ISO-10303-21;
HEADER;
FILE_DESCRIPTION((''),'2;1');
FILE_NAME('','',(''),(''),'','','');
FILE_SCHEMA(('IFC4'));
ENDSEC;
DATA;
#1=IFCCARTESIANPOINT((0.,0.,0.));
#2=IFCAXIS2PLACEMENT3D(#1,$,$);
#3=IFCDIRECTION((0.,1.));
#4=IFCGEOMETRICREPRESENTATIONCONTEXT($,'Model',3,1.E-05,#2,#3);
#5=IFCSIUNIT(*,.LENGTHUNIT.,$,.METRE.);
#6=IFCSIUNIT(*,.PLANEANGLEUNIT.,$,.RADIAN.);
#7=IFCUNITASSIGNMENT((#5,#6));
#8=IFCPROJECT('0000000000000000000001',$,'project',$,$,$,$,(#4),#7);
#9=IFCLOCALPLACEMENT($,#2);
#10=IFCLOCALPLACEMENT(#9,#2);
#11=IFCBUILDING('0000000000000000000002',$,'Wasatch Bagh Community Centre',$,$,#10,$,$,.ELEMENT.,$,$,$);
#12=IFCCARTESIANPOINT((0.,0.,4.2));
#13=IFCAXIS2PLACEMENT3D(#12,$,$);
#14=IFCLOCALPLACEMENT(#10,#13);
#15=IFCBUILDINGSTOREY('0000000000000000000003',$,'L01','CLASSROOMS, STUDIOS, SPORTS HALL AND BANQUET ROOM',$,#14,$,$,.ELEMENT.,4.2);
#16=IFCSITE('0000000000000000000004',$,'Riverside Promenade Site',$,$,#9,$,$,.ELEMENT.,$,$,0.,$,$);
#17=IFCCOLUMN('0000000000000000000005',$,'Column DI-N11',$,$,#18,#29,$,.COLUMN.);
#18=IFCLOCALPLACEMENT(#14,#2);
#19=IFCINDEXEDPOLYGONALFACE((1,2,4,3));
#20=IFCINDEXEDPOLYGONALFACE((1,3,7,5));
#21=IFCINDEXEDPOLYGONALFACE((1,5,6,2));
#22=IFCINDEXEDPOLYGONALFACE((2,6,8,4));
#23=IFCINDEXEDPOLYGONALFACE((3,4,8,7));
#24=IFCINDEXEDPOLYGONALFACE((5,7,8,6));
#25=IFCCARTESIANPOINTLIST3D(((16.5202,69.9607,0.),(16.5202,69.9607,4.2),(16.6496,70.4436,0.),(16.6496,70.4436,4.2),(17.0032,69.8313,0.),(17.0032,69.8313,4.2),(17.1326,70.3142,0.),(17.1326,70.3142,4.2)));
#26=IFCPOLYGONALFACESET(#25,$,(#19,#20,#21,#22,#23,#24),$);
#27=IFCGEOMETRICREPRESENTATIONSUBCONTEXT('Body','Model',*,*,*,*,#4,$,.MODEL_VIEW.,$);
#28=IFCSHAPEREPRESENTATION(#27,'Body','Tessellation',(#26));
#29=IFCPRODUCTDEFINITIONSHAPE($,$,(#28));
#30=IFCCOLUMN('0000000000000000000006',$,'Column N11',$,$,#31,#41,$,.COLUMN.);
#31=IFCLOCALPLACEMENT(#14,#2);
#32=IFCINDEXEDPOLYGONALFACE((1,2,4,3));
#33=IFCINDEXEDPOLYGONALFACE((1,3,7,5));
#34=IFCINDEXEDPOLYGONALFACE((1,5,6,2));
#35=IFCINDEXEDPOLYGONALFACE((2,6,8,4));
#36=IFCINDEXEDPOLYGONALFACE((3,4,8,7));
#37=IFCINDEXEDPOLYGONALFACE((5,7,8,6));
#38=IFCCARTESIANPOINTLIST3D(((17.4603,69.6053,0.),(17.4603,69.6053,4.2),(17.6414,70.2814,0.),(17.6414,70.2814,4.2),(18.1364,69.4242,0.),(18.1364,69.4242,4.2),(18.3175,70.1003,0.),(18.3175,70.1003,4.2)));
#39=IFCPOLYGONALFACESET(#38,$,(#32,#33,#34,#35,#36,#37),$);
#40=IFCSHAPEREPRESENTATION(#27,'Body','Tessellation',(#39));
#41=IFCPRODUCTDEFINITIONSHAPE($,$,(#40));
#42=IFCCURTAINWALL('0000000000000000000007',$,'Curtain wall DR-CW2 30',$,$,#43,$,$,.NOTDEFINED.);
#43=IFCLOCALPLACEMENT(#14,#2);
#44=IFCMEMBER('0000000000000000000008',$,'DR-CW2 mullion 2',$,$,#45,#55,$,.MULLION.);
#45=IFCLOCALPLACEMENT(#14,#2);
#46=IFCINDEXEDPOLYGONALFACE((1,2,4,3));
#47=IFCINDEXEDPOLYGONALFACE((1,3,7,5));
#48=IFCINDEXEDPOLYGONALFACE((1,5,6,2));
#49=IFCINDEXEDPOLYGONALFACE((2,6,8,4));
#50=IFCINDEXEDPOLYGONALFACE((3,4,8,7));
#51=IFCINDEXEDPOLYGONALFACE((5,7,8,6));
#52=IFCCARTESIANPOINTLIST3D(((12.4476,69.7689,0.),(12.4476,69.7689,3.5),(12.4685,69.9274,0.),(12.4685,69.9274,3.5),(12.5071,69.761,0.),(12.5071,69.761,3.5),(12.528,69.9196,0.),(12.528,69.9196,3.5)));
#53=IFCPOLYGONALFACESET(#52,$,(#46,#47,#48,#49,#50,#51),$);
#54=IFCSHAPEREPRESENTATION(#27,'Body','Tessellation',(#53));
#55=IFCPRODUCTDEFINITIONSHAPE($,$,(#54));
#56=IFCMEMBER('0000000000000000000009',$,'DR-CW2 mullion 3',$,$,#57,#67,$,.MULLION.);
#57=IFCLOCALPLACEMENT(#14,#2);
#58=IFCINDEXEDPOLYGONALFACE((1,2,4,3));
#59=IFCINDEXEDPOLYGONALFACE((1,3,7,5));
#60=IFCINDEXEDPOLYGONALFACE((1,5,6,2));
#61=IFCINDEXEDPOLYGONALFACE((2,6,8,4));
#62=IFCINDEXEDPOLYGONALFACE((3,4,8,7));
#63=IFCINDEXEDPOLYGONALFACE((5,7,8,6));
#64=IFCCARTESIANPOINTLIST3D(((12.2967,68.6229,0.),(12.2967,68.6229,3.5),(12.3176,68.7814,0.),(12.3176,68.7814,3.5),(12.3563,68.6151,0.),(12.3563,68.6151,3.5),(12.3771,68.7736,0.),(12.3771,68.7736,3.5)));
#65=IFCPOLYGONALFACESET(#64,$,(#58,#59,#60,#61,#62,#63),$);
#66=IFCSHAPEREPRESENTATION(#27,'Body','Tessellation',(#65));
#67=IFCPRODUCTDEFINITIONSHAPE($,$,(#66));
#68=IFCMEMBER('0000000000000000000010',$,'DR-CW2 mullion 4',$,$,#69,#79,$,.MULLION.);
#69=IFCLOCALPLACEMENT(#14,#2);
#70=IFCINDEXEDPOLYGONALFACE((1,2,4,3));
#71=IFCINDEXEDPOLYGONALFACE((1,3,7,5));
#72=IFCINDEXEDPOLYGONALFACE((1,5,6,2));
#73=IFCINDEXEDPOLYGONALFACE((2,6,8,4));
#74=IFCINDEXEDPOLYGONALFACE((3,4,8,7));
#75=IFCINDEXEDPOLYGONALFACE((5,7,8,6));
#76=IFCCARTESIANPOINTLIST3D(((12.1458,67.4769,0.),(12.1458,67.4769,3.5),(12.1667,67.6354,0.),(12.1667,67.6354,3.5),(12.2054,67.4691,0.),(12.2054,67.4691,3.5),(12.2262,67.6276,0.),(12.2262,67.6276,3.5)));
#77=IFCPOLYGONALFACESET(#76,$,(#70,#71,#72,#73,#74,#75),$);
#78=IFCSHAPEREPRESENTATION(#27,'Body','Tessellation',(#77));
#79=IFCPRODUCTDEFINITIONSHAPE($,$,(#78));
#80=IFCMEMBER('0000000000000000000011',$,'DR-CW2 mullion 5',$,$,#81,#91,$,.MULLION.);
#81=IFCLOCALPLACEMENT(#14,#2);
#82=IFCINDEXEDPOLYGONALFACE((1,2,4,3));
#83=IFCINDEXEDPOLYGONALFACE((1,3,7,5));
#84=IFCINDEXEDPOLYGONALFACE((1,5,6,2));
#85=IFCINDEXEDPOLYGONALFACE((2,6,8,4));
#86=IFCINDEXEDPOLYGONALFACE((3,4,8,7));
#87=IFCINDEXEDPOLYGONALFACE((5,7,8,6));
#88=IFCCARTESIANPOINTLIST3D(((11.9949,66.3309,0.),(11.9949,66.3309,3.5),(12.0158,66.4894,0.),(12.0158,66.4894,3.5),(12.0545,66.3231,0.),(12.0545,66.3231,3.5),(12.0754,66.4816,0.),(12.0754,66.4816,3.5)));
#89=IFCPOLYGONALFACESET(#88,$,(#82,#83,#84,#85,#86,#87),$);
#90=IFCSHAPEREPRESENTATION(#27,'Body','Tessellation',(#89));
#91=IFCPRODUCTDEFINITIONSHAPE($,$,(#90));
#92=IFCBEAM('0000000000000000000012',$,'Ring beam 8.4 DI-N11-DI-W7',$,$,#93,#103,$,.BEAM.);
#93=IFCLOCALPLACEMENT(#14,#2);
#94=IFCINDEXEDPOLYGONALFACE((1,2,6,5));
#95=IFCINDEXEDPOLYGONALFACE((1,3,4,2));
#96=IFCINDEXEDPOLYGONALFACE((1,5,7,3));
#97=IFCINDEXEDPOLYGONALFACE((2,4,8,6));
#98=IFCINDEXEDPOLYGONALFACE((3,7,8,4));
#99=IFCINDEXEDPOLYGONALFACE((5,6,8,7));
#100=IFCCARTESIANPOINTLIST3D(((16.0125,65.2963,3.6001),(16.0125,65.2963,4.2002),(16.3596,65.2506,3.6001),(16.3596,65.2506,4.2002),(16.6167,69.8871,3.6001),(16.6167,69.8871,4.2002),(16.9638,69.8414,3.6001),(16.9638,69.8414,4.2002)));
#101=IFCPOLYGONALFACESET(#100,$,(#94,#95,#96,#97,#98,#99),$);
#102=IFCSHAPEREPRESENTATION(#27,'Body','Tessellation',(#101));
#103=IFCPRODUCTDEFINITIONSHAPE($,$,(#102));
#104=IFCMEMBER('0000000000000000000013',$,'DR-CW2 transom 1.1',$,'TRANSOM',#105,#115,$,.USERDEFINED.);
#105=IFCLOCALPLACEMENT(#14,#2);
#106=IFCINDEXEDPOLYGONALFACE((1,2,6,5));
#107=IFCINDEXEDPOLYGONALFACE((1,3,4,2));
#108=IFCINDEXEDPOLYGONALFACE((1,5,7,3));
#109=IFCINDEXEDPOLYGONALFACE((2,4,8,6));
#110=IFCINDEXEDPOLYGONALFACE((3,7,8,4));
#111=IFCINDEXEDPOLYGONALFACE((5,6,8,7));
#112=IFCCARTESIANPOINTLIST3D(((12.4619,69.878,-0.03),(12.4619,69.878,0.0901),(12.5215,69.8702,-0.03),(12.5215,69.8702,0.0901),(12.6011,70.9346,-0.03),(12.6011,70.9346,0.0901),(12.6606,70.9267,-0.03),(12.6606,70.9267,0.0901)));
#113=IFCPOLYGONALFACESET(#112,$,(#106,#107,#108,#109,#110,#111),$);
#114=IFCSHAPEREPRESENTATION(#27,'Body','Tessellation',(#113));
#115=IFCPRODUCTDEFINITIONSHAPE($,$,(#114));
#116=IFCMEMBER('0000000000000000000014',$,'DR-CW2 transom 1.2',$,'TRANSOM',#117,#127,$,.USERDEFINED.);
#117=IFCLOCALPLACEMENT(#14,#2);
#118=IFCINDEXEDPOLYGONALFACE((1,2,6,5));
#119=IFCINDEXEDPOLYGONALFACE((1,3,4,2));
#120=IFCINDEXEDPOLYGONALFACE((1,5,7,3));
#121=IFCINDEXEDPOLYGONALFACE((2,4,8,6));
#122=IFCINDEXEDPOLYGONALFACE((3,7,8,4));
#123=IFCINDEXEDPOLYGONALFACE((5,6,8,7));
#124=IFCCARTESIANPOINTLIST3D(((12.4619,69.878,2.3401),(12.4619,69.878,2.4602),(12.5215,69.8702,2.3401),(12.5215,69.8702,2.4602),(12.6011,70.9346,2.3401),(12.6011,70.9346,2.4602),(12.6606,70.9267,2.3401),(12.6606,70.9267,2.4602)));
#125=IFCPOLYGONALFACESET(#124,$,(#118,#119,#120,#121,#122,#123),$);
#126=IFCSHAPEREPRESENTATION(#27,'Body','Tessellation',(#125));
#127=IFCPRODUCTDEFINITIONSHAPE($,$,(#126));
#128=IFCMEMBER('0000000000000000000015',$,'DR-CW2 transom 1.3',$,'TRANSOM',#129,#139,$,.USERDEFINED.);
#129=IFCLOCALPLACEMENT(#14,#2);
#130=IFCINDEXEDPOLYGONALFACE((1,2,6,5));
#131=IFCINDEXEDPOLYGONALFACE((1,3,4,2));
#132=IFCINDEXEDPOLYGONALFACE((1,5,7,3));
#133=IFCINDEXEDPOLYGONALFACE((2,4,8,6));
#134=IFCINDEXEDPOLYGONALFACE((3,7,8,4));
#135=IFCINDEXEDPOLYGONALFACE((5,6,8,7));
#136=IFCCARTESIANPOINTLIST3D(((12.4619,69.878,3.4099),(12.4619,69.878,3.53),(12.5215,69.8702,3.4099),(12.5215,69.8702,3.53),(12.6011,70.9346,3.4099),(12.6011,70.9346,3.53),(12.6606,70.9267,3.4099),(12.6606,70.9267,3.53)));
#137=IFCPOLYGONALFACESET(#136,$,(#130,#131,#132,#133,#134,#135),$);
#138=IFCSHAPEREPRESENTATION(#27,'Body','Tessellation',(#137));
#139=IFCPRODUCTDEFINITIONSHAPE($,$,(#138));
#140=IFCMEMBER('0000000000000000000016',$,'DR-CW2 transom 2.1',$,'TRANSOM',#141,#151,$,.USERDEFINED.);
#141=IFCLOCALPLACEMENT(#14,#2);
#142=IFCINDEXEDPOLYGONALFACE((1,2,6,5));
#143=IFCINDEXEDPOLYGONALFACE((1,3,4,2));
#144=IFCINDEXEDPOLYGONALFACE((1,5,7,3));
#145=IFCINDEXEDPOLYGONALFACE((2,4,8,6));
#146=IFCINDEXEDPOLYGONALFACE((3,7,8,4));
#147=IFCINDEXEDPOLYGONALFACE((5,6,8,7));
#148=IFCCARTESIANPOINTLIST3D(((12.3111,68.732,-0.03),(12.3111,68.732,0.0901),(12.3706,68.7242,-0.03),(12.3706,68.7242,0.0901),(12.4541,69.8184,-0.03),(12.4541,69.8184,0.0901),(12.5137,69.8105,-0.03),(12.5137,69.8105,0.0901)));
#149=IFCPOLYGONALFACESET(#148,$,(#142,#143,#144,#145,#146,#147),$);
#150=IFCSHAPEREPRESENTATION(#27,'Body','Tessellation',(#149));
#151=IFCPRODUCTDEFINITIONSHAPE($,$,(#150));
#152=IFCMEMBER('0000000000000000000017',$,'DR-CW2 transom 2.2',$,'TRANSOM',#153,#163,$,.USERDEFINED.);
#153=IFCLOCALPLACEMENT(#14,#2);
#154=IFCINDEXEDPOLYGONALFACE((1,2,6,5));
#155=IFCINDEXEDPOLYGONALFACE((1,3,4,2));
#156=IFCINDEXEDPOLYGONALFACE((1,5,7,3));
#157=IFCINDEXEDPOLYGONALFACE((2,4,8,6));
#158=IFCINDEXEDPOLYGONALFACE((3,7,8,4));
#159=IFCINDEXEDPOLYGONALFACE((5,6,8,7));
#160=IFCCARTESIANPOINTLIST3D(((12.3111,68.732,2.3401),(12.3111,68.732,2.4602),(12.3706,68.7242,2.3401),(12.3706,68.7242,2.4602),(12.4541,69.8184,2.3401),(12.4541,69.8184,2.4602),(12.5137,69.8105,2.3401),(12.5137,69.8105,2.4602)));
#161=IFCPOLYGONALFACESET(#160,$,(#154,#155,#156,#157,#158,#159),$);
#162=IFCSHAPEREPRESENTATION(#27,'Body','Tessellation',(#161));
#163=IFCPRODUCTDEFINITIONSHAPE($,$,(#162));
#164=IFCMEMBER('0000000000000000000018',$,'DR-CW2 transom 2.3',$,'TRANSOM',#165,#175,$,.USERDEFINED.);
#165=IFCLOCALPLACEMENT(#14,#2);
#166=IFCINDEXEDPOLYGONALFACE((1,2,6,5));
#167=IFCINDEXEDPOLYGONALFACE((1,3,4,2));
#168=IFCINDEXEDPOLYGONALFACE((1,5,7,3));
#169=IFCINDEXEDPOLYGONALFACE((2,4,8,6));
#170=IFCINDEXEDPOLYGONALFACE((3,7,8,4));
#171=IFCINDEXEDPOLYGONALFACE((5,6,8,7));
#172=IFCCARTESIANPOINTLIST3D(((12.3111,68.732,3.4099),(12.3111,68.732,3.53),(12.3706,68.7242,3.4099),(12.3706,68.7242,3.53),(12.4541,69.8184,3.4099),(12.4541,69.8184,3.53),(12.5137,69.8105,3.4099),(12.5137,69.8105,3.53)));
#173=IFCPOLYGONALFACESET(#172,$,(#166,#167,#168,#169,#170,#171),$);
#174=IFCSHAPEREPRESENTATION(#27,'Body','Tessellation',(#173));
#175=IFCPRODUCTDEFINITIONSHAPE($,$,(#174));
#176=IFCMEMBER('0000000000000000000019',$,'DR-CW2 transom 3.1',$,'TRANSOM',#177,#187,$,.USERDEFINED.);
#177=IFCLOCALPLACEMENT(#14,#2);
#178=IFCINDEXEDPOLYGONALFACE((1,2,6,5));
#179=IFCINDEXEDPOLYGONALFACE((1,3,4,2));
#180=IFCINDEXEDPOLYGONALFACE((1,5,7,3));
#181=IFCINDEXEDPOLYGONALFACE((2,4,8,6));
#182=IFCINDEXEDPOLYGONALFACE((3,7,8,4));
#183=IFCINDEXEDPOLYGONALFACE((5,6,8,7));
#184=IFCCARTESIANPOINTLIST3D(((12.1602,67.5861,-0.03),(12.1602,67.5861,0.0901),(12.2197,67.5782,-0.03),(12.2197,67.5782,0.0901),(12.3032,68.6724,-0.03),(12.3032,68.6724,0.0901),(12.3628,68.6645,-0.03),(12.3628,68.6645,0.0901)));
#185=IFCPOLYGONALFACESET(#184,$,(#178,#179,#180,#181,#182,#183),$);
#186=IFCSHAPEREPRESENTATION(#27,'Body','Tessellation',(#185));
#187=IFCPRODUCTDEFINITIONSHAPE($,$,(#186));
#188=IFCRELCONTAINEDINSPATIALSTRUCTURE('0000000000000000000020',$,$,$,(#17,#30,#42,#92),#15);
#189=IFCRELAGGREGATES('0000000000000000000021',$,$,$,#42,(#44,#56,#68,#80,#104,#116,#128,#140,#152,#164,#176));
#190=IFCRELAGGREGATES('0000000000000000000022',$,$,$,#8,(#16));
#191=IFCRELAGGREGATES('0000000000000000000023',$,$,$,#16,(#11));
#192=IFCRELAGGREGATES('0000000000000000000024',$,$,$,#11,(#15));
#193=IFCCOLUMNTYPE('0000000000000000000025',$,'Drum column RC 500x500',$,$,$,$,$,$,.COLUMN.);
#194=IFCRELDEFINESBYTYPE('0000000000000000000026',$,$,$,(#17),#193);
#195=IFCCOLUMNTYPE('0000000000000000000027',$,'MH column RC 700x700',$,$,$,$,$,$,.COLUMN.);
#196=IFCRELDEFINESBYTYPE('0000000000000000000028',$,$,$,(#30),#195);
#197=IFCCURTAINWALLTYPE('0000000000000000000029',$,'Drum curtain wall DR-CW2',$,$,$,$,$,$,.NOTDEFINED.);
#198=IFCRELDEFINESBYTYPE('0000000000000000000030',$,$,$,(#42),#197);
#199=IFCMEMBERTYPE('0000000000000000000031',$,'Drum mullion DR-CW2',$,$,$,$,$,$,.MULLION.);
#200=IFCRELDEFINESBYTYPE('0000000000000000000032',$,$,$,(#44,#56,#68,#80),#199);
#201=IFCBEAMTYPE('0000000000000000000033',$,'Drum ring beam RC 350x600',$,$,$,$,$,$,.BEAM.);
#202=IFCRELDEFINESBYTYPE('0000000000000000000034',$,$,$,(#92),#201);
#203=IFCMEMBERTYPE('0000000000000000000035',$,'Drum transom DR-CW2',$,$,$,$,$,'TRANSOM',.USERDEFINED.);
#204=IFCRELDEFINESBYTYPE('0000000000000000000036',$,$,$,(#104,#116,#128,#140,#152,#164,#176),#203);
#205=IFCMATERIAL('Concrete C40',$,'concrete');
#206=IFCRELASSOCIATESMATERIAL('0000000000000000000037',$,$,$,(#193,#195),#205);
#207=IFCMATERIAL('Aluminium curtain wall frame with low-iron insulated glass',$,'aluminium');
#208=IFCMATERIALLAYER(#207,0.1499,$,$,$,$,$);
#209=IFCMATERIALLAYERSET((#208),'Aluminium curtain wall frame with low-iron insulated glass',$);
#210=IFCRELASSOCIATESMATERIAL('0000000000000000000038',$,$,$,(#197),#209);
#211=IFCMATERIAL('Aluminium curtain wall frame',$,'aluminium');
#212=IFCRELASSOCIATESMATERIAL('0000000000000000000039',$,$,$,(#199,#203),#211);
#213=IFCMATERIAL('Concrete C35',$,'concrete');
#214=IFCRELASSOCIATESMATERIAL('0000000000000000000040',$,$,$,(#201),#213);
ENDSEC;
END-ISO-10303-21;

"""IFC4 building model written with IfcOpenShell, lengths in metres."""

from ifc_helpers import new_model, si_unit, direction, frame, origin, origin_2d, place, context, subcontext, project, spatial, rectangle, extrude, material, layer, layer_set, material_profile, profile_set, type_object, element, aggregate, save


model = new_model("IFC4")

# Units and contexts
model_context = context("Model", 3, precision=1e-05, world=origin(), true_north=direction((0.0, 1.0)))
body_context = subcontext(model_context, "Body", "Model", "MODEL_VIEW")
ifc_project = project(units=[si_unit("LENGTHUNIT", "METRE"), si_unit("PLANEANGLEUNIT", "RADIAN")], contexts=[model_context])

# Site, building, storey
site_placement = place(None, origin())
site = spatial("IfcSite", under=ifc_project, at=site_placement, Name="Riverside Promenade Site", CompositionType="ELEMENT", RefElevation=0.0)
building_placement = place(site_placement, origin())
building = spatial("IfcBuilding", under=site, at=building_placement, Name="Wasatch Bagh Community Centre", CompositionType="ELEMENT")
storey_placement = place(building_placement, frame((0.0, 0.0, 4.2)))
storey = spatial("IfcBuildingStorey", under=building, at=storey_placement, Name="L01", Description="CLASSROOMS, STUDIOS, SPORTS HALL AND BANQUET ROOM", CompositionType="ELEMENT", Elevation=4.2)

# Columns
ifc_material_1 = material(Name="Concrete C40", Category="concrete")
ifc_material_profile_1 = material_profile(ifc_material_1, rectangle(XDim=0.5, YDim=0.5, at=origin_2d()), Name="RC 500x500")
ifc_profile_set_1 = profile_set([ifc_material_profile_1], Name="Concrete C40")
column_type_1 = type_object("IfcColumnType", Name="Drum column RC 500x500", PredefinedType="COLUMN", material=ifc_profile_set_1)
column_1_placement = place(storey_placement, frame((16.8264, 70.1375, 0.0), z_axis=(0.0, 0.0, 1.0), x_axis=(0.258819, 0.965926, 0.0)))
element("IfcColumn", 1, at=column_1_placement, inside=storey, type_object=column_type_1, Name="Column DI-N11", PredefinedType="COLUMN", context=body_context, shape_type="SweptSolid", body=[
    extrude(rectangle(XDim=0.5, YDim=0.5, at=origin_2d()), origin(), (0.0, 0.0, 1.0), 4.2),
])
ifc_material_profile_2 = material_profile(ifc_material_1, rectangle(XDim=0.7, YDim=0.7, at=origin_2d()), Name="RC 700x700")
ifc_profile_set_2 = profile_set([ifc_material_profile_2], Name="Concrete C40")
column_type_2 = type_object("IfcColumnType", Name="MH column RC 700x700", PredefinedType="COLUMN", material=ifc_profile_set_2)
column_2_placement = place(storey_placement, frame((17.8889, 69.8528, 0.0), z_axis=(0.0, 0.0, 1.0), x_axis=(0.258819, 0.965926, 0.0)))
element("IfcColumn", 2, at=column_2_placement, inside=storey, type_object=column_type_2, Name="Column N11", PredefinedType="COLUMN", context=body_context, shape_type="SweptSolid", body=[
    extrude(rectangle(XDim=0.7, YDim=0.7, at=origin_2d()), origin(), (0.0, 0.0, 1.0), 4.2),
])

# Curtain wall, members
ifc_material_2 = material(Name="Aluminium curtain wall frame with low-iron insulated glass", Category="aluminium")
ifc_layer_1 = layer(ifc_material_2, 0.1499)
ifc_layer_set_1 = layer_set([ifc_layer_1], Name="Aluminium curtain wall frame with low-iron insulated glass")
curtain_wall_type = type_object("IfcCurtainWallType", Name="Drum curtain wall DR-CW2", PredefinedType="NOTDEFINED", material=ifc_layer_set_1)
curtain_wall_placement = place(storey_placement, origin())
curtain_wall = element("IfcCurtainWall", 3, at=curtain_wall_placement, inside=storey, type_object=curtain_wall_type, Name="Curtain wall DR-CW2 30", PredefinedType="NOTDEFINED")
ifc_material_3 = material(Name="Aluminium curtain wall frame", Category="aluminium")
ifc_material_profile_3 = material_profile(ifc_material_3, rectangle(XDim=0.0601, YDim=0.1599, at=origin_2d()), Name="Drum mullion DR-CW2")
ifc_profile_set_3 = profile_set([ifc_material_profile_3], Name="Aluminium curtain wall frame")
member_type_1 = type_object("IfcMemberType", Name="Drum mullion DR-CW2", PredefinedType="MULLION", material=ifc_profile_set_3)
member_1_placement = place(storey_placement, frame((12.4878, 69.8442, 0.0), z_axis=(0.0, 0.0, 1.0), x_axis=(0.991445, -0.130526, 0.0)))
member_1 = element("IfcMember", 4, at=member_1_placement, type_object=member_type_1, Name="DR-CW2 mullion 2", PredefinedType="MULLION", context=body_context, shape_type="SweptSolid", body=[
    extrude(rectangle(XDim=0.0601, YDim=0.1599, at=origin_2d()), origin(), (0.0, 0.0, 1.0), 3.5),
])
member_2_placement = place(storey_placement, frame((12.3369, 68.6982, 0.0), z_axis=(0.0, 0.0, 1.0), x_axis=(0.991445, -0.130526, 0.0)))
member_2 = element("IfcMember", 5, at=member_2_placement, type_object=member_type_1, Name="DR-CW2 mullion 3", PredefinedType="MULLION", context=body_context, shape_type="SweptSolid", body=[
    extrude(rectangle(XDim=0.0601, YDim=0.1599, at=origin_2d()), origin(), (0.0, 0.0, 1.0), 3.5),
])
member_3_placement = place(storey_placement, frame((12.186, 67.5522, 0.0), z_axis=(0.0, 0.0, 1.0), x_axis=(0.991445, -0.130526, 0.0)))
member_3 = element("IfcMember", 6, at=member_3_placement, type_object=member_type_1, Name="DR-CW2 mullion 4", PredefinedType="MULLION", context=body_context, shape_type="SweptSolid", body=[
    extrude(rectangle(XDim=0.0601, YDim=0.1599, at=origin_2d()), origin(), (0.0, 0.0, 1.0), 3.5),
])
member_4_placement = place(storey_placement, frame((12.0352, 66.4062, 0.0), z_axis=(0.0, 0.0, 1.0), x_axis=(0.991445, -0.130526, 0.0)))
member_4 = element("IfcMember", 7, at=member_4_placement, type_object=member_type_1, Name="DR-CW2 mullion 5", PredefinedType="MULLION", context=body_context, shape_type="SweptSolid", body=[
    extrude(rectangle(XDim=0.0601, YDim=0.1599, at=origin_2d()), origin(), (0.0, 0.0, 1.0), 3.5),
])

# Beam
ifc_material_4 = material(Name="Concrete C35", Category="concrete")
ifc_material_profile_4 = material_profile(ifc_material_4, rectangle(XDim=0.3501, YDim=0.6001, at=origin_2d()), Name="RC 350x600")
ifc_profile_set_4 = profile_set([ifc_material_profile_4], Name="Concrete C35")
beam_type_1 = type_object("IfcBeamType", Name="Drum ring beam RC 350x600", PredefinedType="BEAM", material=ifc_profile_set_4)
beam_1_placement = place(storey_placement, frame((16.7903, 69.8643, 3.9001), z_axis=(-0.130495, -0.991449, 0.0), x_axis=(0.991449, -0.130495, 0.0)))
element("IfcBeam", 8, at=beam_1_placement, inside=storey, type_object=beam_type_1, Name="Ring beam 8.4 DI-N11-DI-W7", PredefinedType="BEAM", context=body_context, shape_type="SweptSolid", body=[
    extrude(rectangle(XDim=0.3501, YDim=0.6001, at=origin_2d()), origin(), (0.0, 0.0, 1.0), 4.6304),
])

# Members
ifc_material_profile_5 = material_profile(ifc_material_3, rectangle(XDim=0.0601, YDim=0.1201, at=origin_2d()), Name="Drum transom DR-CW2")
ifc_profile_set_5 = profile_set([ifc_material_profile_5], Name="Aluminium curtain wall frame")
member_type_2 = type_object("IfcMemberType", Name="Drum transom DR-CW2", ElementType="TRANSOM", PredefinedType="USERDEFINED", material=ifc_profile_set_5)
member_5_placement = place(storey_placement, frame((12.6309, 70.9307, 0.03), z_axis=(-0.130573, -0.991439, 0.0), x_axis=(0.991439, -0.130573, 0.0)))
member_5 = element("IfcMember", 9, at=member_5_placement, type_object=member_type_2, Name="DR-CW2 transom 1.1", ObjectType="TRANSOM", PredefinedType="USERDEFINED", context=body_context, shape_type="SweptSolid", body=[
    extrude(rectangle(XDim=0.0601, YDim=0.1201, at=origin_2d()), origin(), (0.0, 0.0, 1.0), 1.0657),
])
member_6_placement = place(storey_placement, frame((12.6309, 70.9307, 2.4001), z_axis=(-0.130573, -0.991439, 0.0), x_axis=(0.991439, -0.130573, 0.0)))
member_6 = element("IfcMember", 10, at=member_6_placement, type_object=member_type_2, Name="DR-CW2 transom 1.2", ObjectType="TRANSOM", PredefinedType="USERDEFINED", context=body_context, shape_type="SweptSolid", body=[
    extrude(rectangle(XDim=0.0601, YDim=0.1201, at=origin_2d()), origin(), (0.0, 0.0, 1.0), 1.0657),
])
member_7_placement = place(storey_placement, frame((12.6309, 70.9307, 3.47), z_axis=(-0.130573, -0.991439, 0.0), x_axis=(0.991439, -0.130573, 0.0)))
member_7 = element("IfcMember", 11, at=member_7_placement, type_object=member_type_2, Name="DR-CW2 transom 1.3", ObjectType="TRANSOM", PredefinedType="USERDEFINED", context=body_context, shape_type="SweptSolid", body=[
    extrude(rectangle(XDim=0.0601, YDim=0.1201, at=origin_2d()), origin(), (0.0, 0.0, 1.0), 1.0657),
])
member_8_placement = place(storey_placement, frame((12.4839, 69.8145, 0.03), z_axis=(-0.130558, -0.991441, 0.0), x_axis=(0.991441, -0.130558, 0.0)))
member_8 = element("IfcMember", 12, at=member_8_placement, type_object=member_type_2, Name="DR-CW2 transom 2.1", ObjectType="TRANSOM", PredefinedType="USERDEFINED", context=body_context, shape_type="SweptSolid", body=[
    extrude(rectangle(XDim=0.0601, YDim=0.1201, at=origin_2d()), origin(), (0.0, 0.0, 1.0), 1.0957),
])
member_9_placement = place(storey_placement, frame((12.4839, 69.8145, 2.4001), z_axis=(-0.130558, -0.991441, 0.0), x_axis=(0.991441, -0.130558, 0.0)))
member_9 = element("IfcMember", 13, at=member_9_placement, type_object=member_type_2, Name="DR-CW2 transom 2.2", ObjectType="TRANSOM", PredefinedType="USERDEFINED", context=body_context, shape_type="SweptSolid", body=[
    extrude(rectangle(XDim=0.0601, YDim=0.1201, at=origin_2d()), origin(), (0.0, 0.0, 1.0), 1.0957),
])
member_10_placement = place(storey_placement, frame((12.4839, 69.8145, 3.47), z_axis=(-0.130558, -0.991441, 0.0), x_axis=(0.991441, -0.130558, 0.0)))
member_10 = element("IfcMember", 14, at=member_10_placement, type_object=member_type_2, Name="DR-CW2 transom 2.3", ObjectType="TRANSOM", PredefinedType="USERDEFINED", context=body_context, shape_type="SweptSolid", body=[
    extrude(rectangle(XDim=0.0601, YDim=0.1201, at=origin_2d()), origin(), (0.0, 0.0, 1.0), 1.0957),
])
member_11_placement = place(storey_placement, frame((12.333, 68.6685, 0.03), z_axis=(-0.130558, -0.991441, 0.0), x_axis=(0.991441, -0.130558, 0.0)))
member_11 = element("IfcMember", 15, at=member_11_placement, type_object=member_type_2, Name="DR-CW2 transom 3.1", ObjectType="TRANSOM", PredefinedType="USERDEFINED", context=body_context, shape_type="SweptSolid", body=[
    extrude(rectangle(XDim=0.0601, YDim=0.1201, at=origin_2d()), origin(), (0.0, 0.0, 1.0), 1.0957),
])

aggregate(curtain_wall, [member_1, member_2, member_3, member_4, member_5, member_6, member_7, member_8, member_9, member_10, member_11])

save(model, "model.ifc")
